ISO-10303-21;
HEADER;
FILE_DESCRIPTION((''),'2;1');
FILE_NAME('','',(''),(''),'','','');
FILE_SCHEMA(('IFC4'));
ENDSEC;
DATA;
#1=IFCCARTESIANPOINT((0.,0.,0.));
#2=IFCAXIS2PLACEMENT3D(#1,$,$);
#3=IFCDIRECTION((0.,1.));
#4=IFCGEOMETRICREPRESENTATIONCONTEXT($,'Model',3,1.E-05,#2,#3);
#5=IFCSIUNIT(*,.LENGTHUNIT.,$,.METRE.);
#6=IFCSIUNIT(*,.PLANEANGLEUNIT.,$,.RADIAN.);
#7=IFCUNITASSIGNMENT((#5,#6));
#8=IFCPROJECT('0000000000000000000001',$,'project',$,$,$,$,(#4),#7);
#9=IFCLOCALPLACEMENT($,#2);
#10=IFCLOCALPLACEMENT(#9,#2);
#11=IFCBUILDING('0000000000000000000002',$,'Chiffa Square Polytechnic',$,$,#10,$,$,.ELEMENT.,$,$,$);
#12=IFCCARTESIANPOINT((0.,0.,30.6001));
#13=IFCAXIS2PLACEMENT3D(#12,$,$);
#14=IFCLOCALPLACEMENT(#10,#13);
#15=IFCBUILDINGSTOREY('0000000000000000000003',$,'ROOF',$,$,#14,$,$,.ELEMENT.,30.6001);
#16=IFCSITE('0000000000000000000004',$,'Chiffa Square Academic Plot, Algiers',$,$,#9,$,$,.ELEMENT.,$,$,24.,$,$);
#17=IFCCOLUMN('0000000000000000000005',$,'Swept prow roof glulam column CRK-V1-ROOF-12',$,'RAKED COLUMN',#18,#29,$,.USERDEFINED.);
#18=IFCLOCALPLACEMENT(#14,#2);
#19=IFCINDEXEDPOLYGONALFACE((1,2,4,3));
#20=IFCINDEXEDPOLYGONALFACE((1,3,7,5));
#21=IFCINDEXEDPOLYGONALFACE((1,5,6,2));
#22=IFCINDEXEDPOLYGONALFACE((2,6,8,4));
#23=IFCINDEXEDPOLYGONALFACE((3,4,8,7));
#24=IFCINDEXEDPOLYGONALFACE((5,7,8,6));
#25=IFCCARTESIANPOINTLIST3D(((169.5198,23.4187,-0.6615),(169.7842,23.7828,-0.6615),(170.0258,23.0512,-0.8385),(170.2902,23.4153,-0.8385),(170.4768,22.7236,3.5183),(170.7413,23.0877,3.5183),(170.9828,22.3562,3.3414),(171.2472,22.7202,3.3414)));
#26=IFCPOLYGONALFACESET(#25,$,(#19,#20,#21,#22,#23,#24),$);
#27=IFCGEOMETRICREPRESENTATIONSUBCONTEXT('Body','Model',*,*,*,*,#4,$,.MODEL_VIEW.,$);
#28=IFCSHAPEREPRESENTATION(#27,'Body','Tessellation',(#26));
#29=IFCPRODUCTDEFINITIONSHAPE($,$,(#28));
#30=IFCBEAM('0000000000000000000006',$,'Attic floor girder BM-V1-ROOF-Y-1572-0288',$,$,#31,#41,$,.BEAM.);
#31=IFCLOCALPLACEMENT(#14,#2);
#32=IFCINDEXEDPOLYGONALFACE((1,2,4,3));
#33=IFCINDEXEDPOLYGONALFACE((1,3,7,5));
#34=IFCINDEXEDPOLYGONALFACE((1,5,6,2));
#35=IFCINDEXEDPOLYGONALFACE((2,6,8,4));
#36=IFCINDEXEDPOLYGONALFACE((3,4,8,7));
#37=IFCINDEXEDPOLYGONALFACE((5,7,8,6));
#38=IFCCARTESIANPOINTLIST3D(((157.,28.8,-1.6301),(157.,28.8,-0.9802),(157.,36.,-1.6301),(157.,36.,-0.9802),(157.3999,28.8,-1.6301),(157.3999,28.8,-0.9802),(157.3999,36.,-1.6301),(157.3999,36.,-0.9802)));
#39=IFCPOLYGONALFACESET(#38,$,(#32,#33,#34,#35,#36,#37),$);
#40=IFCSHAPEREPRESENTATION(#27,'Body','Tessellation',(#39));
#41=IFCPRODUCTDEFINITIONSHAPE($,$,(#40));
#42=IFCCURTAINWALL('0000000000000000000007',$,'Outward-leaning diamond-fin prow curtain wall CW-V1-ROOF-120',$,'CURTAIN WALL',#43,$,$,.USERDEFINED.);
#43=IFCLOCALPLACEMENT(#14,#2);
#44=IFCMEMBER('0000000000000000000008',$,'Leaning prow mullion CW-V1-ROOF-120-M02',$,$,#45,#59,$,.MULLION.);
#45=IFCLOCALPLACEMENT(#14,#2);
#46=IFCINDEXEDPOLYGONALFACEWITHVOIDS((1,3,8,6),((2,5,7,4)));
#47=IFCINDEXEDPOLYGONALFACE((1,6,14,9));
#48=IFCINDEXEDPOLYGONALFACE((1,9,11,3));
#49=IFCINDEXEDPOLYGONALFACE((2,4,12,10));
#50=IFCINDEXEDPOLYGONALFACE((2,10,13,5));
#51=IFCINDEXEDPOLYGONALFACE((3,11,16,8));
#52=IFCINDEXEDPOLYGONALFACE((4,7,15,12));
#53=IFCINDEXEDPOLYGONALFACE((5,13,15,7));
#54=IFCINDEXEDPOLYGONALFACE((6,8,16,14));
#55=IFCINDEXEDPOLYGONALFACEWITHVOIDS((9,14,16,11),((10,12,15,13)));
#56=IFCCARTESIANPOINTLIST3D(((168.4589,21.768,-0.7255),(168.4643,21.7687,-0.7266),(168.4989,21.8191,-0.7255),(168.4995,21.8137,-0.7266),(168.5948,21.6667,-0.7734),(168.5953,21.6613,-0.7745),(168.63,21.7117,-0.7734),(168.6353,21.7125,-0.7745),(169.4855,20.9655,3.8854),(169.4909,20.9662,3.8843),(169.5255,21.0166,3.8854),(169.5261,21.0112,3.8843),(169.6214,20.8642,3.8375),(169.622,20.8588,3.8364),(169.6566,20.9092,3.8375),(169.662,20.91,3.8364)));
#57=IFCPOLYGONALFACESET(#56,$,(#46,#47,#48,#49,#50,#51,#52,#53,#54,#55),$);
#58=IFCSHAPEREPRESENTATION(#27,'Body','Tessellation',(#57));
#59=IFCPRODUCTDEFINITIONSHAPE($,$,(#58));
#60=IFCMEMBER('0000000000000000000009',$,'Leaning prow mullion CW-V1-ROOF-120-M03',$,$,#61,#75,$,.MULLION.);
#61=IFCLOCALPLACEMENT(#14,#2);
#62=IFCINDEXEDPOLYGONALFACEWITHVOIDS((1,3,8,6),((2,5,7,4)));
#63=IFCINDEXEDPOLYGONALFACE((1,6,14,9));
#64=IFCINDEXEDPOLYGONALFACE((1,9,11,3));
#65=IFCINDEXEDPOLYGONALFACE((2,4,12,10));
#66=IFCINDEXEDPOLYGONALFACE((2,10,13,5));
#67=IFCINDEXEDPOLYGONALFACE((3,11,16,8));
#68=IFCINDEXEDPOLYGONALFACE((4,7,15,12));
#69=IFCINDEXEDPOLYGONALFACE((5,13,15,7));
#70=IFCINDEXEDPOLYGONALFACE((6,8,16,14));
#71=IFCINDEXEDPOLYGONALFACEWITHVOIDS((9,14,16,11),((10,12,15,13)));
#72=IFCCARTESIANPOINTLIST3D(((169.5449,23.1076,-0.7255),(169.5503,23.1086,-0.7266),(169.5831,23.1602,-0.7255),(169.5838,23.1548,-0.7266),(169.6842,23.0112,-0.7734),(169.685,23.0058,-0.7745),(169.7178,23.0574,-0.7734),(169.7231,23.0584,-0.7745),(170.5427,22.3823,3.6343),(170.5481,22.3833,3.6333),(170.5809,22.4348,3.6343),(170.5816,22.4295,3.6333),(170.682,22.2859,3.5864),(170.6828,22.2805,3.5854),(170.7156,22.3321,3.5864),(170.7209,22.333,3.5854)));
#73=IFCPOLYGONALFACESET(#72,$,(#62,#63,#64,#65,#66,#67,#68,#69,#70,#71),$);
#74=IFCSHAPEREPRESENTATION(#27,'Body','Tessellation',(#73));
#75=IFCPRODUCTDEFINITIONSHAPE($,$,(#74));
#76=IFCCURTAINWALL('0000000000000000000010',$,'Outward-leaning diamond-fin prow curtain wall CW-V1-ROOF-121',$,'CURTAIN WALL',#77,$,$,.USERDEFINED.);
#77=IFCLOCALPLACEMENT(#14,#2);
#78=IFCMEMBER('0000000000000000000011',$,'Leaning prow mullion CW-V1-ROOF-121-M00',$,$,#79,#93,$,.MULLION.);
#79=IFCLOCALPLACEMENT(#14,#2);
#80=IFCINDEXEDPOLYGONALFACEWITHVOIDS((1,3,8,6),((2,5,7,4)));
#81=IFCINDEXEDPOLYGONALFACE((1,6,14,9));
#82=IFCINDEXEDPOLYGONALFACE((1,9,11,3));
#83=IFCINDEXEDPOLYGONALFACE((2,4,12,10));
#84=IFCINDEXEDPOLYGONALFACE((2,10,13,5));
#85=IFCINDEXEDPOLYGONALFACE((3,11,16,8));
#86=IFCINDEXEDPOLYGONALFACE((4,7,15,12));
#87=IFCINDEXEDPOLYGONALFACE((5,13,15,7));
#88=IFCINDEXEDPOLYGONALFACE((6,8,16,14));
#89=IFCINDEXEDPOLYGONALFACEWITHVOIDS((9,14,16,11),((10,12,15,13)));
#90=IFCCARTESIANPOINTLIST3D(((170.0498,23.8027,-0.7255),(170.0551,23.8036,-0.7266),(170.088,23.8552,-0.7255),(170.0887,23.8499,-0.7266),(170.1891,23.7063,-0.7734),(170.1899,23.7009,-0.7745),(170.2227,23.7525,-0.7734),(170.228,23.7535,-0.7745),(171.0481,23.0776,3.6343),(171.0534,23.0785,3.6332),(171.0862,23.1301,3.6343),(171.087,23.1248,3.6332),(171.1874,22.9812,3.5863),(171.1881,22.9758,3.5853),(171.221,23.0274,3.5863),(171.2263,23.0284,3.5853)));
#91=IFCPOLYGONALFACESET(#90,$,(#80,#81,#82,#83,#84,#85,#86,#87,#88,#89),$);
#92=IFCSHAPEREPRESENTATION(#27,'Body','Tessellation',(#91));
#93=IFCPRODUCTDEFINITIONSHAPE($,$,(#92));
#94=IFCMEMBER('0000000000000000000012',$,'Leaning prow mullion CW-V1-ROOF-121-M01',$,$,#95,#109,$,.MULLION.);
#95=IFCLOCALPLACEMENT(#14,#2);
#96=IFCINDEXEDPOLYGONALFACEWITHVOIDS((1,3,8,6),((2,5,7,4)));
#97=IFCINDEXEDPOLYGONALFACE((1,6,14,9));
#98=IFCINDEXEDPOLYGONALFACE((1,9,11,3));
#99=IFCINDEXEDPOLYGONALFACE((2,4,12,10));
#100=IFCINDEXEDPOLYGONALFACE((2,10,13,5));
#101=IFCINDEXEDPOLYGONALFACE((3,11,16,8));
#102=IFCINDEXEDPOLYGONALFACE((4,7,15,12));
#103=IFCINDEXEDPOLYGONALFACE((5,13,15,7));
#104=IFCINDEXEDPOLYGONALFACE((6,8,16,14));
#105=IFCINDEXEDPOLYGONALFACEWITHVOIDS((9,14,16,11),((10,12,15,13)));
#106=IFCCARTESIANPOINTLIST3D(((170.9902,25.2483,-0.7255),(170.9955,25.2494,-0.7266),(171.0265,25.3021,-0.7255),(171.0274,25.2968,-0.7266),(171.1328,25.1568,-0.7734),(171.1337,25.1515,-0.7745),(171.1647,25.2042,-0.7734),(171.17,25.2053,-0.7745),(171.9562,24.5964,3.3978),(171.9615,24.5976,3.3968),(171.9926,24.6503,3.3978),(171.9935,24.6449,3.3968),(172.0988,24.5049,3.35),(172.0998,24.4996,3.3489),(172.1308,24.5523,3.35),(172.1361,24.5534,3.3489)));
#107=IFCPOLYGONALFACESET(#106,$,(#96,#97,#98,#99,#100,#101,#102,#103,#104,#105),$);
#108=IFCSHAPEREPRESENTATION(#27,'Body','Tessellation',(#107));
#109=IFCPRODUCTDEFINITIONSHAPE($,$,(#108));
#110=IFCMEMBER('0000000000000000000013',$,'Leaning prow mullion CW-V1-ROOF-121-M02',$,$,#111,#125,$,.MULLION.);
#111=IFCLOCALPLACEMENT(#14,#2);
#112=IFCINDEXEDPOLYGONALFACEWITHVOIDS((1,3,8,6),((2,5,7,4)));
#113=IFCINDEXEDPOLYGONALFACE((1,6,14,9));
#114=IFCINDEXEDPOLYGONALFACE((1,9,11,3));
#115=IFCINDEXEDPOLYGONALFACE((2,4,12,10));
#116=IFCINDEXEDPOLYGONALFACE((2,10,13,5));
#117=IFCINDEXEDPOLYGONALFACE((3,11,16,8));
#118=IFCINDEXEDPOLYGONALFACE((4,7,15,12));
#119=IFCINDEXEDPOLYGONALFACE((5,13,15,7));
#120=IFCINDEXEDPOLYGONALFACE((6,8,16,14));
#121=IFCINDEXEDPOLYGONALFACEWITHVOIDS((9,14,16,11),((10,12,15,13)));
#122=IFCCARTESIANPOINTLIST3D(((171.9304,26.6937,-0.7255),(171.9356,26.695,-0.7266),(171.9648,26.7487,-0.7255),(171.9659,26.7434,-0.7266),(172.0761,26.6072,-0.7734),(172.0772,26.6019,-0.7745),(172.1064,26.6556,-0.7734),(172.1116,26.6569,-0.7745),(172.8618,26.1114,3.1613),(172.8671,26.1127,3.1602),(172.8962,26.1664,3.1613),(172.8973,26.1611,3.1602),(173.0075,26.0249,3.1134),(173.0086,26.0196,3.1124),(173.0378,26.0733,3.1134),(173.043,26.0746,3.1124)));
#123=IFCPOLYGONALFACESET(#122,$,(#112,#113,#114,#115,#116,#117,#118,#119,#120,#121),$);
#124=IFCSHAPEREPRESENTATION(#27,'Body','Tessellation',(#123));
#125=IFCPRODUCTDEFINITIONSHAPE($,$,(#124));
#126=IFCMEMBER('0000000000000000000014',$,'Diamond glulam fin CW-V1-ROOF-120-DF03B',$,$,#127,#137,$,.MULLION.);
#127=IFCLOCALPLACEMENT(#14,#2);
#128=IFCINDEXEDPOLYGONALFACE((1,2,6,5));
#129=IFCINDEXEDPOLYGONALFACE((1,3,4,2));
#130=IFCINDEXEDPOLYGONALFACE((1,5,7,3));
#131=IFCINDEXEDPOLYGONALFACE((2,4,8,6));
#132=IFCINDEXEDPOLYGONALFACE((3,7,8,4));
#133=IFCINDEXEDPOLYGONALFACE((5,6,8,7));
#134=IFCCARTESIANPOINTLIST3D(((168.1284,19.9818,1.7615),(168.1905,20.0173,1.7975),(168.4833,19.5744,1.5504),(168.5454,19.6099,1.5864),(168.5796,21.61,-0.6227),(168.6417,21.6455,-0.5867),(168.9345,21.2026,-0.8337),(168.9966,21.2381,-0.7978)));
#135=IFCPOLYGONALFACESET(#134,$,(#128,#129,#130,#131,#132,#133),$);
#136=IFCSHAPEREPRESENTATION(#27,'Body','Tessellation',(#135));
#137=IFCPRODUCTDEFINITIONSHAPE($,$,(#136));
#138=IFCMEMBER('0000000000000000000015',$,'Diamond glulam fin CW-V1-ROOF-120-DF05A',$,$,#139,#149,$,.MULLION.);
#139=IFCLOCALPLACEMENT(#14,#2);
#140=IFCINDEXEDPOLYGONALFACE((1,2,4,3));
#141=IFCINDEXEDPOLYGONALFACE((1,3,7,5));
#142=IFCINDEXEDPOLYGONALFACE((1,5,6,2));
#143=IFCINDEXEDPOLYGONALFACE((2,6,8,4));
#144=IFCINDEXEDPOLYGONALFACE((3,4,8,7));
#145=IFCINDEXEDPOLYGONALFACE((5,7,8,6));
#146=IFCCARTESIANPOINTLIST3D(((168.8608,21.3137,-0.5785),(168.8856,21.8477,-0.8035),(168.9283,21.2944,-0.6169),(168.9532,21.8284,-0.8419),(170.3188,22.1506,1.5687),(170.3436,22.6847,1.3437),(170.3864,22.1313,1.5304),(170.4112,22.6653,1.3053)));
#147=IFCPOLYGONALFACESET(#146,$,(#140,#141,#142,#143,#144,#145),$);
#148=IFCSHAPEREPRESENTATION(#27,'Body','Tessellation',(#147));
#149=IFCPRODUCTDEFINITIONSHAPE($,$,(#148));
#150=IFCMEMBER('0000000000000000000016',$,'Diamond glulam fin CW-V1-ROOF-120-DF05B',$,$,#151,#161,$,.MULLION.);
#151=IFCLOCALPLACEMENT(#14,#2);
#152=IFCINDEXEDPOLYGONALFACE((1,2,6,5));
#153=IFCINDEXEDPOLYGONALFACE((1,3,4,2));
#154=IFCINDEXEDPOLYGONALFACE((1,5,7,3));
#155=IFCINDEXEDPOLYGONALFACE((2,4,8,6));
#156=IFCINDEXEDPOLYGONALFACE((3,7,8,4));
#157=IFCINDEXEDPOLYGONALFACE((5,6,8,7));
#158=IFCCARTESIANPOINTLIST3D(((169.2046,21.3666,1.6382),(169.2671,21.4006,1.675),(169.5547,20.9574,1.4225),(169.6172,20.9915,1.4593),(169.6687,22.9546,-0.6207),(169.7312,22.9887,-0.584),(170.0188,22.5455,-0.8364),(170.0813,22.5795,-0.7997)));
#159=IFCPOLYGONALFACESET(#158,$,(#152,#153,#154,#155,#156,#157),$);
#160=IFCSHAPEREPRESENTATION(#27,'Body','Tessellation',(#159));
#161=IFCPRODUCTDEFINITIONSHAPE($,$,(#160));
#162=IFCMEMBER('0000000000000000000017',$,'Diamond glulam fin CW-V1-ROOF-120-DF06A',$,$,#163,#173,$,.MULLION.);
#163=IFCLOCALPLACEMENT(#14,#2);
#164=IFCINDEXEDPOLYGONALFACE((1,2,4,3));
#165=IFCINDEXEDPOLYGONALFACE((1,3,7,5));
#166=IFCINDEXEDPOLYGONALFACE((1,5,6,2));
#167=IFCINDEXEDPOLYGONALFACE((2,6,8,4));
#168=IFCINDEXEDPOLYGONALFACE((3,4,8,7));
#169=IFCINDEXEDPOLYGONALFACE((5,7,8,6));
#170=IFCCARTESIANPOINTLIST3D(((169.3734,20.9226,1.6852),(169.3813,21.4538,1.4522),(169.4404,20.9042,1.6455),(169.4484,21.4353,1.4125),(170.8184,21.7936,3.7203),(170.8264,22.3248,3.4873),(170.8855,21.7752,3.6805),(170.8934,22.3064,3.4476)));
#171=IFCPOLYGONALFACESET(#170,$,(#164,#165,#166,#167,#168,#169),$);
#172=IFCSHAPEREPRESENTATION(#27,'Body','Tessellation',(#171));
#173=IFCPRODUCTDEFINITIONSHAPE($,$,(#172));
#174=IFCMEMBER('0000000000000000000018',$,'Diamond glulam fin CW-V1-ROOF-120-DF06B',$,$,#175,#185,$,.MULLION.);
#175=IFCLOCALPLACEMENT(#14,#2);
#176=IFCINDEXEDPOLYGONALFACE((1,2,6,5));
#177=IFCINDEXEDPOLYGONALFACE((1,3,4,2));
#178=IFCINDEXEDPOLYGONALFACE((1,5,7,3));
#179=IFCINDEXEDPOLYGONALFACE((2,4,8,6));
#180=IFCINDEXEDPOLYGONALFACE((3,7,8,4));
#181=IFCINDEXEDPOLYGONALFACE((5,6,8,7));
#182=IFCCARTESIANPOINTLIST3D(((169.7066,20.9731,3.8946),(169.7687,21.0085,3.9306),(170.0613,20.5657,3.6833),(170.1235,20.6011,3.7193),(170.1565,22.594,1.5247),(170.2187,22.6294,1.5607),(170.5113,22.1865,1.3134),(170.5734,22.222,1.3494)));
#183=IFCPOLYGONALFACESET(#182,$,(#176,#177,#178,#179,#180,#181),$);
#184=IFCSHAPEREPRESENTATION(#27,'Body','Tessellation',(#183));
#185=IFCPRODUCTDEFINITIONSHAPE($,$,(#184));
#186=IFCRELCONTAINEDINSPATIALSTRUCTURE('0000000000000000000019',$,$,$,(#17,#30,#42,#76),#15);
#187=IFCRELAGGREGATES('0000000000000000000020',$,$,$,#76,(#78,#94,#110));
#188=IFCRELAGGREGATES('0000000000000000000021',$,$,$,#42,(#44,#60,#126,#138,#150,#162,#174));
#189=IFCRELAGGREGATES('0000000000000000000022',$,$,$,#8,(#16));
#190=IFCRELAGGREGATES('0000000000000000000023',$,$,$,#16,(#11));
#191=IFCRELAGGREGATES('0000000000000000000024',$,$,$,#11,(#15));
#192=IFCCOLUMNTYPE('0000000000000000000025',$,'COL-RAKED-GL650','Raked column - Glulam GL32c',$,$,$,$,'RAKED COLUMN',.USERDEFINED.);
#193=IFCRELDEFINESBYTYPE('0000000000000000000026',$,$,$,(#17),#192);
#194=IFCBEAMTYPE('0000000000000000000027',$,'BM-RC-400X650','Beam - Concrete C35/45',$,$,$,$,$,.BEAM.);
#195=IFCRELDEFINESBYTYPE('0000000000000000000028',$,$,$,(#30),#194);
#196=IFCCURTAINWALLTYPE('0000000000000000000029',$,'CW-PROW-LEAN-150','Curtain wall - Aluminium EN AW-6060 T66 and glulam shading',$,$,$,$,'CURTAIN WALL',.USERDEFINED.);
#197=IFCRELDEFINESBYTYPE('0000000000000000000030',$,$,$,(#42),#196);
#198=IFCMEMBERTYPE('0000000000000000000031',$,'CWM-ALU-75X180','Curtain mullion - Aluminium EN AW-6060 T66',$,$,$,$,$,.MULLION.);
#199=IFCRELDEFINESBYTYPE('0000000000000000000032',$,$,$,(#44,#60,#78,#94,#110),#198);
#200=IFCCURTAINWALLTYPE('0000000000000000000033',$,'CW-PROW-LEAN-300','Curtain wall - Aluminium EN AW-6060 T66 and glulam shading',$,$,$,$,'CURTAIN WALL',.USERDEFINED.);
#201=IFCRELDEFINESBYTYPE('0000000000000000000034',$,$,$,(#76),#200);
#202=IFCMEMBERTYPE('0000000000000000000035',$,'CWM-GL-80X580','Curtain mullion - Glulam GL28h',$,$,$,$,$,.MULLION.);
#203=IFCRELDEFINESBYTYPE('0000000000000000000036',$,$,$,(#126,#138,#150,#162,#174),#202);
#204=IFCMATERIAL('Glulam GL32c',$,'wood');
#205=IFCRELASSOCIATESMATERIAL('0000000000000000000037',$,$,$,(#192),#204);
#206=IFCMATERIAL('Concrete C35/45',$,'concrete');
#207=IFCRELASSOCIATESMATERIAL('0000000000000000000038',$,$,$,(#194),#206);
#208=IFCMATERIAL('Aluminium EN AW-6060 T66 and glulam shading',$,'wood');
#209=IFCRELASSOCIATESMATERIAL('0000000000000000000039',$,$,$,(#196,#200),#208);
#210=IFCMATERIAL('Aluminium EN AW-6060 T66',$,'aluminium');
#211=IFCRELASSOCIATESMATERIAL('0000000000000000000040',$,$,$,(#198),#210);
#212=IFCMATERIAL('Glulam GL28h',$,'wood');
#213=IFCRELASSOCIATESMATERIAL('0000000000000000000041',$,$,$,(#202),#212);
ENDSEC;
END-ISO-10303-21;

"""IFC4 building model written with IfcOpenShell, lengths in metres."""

from ifc_helpers import new_model, si_unit, direction, frame, origin, origin_2d, place, context, subcontext, project, spatial, rectangle, hollow_rectangle, extrude, material, material_profile, profile_set, type_object, element, aggregate, save


model = new_model("IFC4")

# Units and contexts
model_context = context("Model", 3, precision=1e-05, world=origin(), true_north=direction((0.0, 1.0)))
body_context = subcontext(model_context, "Body", "Model", "MODEL_VIEW")
ifc_project = project(units=[si_unit("LENGTHUNIT", "METRE"), si_unit("PLANEANGLEUNIT", "RADIAN")], contexts=[model_context])

# Site, building, storey
site_placement = place(None, origin())
site = spatial("IfcSite", under=ifc_project, at=site_placement, Name="Chiffa Square Academic Plot, Algiers", CompositionType="ELEMENT", RefElevation=24.0)
building_placement = place(site_placement, origin())
building = spatial("IfcBuilding", under=site, at=building_placement, Name="Chiffa Square Polytechnic", CompositionType="ELEMENT")
storey_placement = place(building_placement, frame((0.0, 0.0, 30.6001)))
storey = spatial("IfcBuildingStorey", under=building, at=storey_placement, Name="ROOF", CompositionType="ELEMENT", Elevation=30.6001)

# Column
ifc_material_1 = material(Name="Glulam GL32c", Category="wood")
ifc_material_profile_1 = material_profile(ifc_material_1, rectangle(XDim=0.45, YDim=0.6499, at=origin_2d()), Name="GL32c 450x650")
ifc_profile_set_1 = profile_set([ifc_material_profile_1], Name="Glulam GL32c")
column_type = type_object("IfcColumnType", Name="COL-RAKED-GL650", Description="Raked column - Glulam GL32c", ElementType="RAKED COLUMN", PredefinedType="USERDEFINED", material=ifc_profile_set_1)
column_placement = place(storey_placement, frame((169.905, 23.417, -0.75), z_axis=(0.220308, -0.160004, 0.962218), x_axis=(0.587644, 0.80912, 0.0)))
element("IfcColumn", 1, at=column_placement, inside=storey, type_object=column_type, Name="Swept prow roof glulam column CRK-V1-ROOF-12", ObjectType="RAKED COLUMN", PredefinedType="USERDEFINED", context=body_context, shape_type="SweptSolid", body=[
    extrude(rectangle(XDim=0.45, YDim=0.6499, at=origin_2d()), origin(), (0.0, 0.0, 1.0), 4.344),
])

# Beam
ifc_material_2 = material(Name="Concrete C35/45", Category="concrete")
ifc_material_profile_2 = material_profile(ifc_material_2, rectangle(XDim=0.3999, YDim=0.6499, at=origin_2d()), Name="RC 400x650")
ifc_profile_set_2 = profile_set([ifc_material_profile_2], Name="Concrete C35/45")
beam_type_1 = type_object("IfcBeamType", Name="BM-RC-400X650", Description="Beam - Concrete C35/45", PredefinedType="BEAM", material=ifc_profile_set_2)
beam_1_placement = place(storey_placement, frame((157.2, 28.8, -1.3052), z_axis=(0.0, 1.0, 0.0), x_axis=(-1.0, 0.0, 0.0)))
element("IfcBeam", 2, at=beam_1_placement, inside=storey, type_object=beam_type_1, Name="Attic floor girder BM-V1-ROOF-Y-1572-0288", PredefinedType="BEAM", context=body_context, shape_type="SweptSolid", body=[
    extrude(rectangle(XDim=0.3999, YDim=0.6499, at=origin_2d()), origin(), (0.0, 0.0, 1.0), 7.2),
])

# Curtain walls, members
ifc_material_3 = material(Name="Aluminium EN AW-6060 T66 and glulam shading", Category="wood")
curtain_wall_type_1 = type_object("IfcCurtainWallType", Name="CW-PROW-LEAN-150", Description="Curtain wall - Aluminium EN AW-6060 T66 and glulam shading", ElementType="CURTAIN WALL", PredefinedType="USERDEFINED", material=ifc_material_3)
curtain_wall_1_placement = place(storey_placement, origin())
curtain_wall_1 = element("IfcCurtainWall", 3, at=curtain_wall_1_placement, inside=storey, type_object=curtain_wall_type_1, Name="Outward-leaning diamond-fin prow curtain wall CW-V1-ROOF-120", ObjectType="CURTAIN WALL", PredefinedType="USERDEFINED")
ifc_material_4 = material(Name="Aluminium EN AW-6060 T66", Category="aluminium")
ifc_material_profile_3 = material_profile(ifc_material_4, hollow_rectangle(XDim=0.0649, YDim=0.1799, WallThickness=0.0039, at=origin_2d()), Name="ALU 65x180x4")
ifc_profile_set_3 = profile_set([ifc_material_profile_3], Name="Aluminium EN AW-6060 T66")
member_type_1 = type_object("IfcMemberType", Name="CWM-ALU-75X180", Description="Curtain mullion - Aluminium EN AW-6060 T66", PredefinedType="MULLION", material=ifc_profile_set_3)
member_1_placement = place(storey_placement, frame((168.5471, 21.7402, -0.75), z_axis=(0.21426, -0.167485, 0.962311), x_axis=(0.615859, 0.787857, 0.0)))
member_1 = element("IfcMember", 4, at=member_1_placement, type_object=member_type_1, Name="Leaning prow mullion CW-V1-ROOF-120-M02", PredefinedType="MULLION", context=body_context, shape_type="SweptSolid", body=[
    extrude(hollow_rectangle(XDim=0.0649, YDim=0.1799, WallThickness=0.0039, at=origin_2d()), origin(), (0.0, 0.0, 1.0), 4.7915),
])
member_2_placement = place(storey_placement, frame((169.634, 23.083, -0.75), z_axis=(0.220216, -0.160084, 0.962226), x_axis=(0.587995, 0.808864, 0.0)))
member_2 = element("IfcMember", 5, at=member_2_placement, type_object=member_type_1, Name="Leaning prow mullion CW-V1-ROOF-120-M03", PredefinedType="MULLION", context=body_context, shape_type="SweptSolid", body=[
    extrude(hollow_rectangle(XDim=0.0649, YDim=0.1799, WallThickness=0.0039, at=origin_2d()), origin(), (0.0, 0.0, 1.0), 4.531),
])
curtain_wall_type_2 = type_object("IfcCurtainWallType", Name="CW-PROW-LEAN-300", Description="Curtain wall - Aluminium EN AW-6060 T66 and glulam shading", ElementType="CURTAIN WALL", PredefinedType="USERDEFINED", material=ifc_material_3)
curtain_wall_2_placement = place(storey_placement, origin())
curtain_wall_2 = element("IfcCurtainWall", 6, at=curtain_wall_2_placement, inside=storey, type_object=curtain_wall_type_2, Name="Outward-leaning diamond-fin prow curtain wall CW-V1-ROOF-121", ObjectType="CURTAIN WALL", PredefinedType="USERDEFINED")
member_3_placement = place(storey_placement, frame((170.1389, 23.7781, -0.75), z_axis=(0.22032, -0.160027, 0.962211), x_axis=(0.587677, 0.809095, 0.0)))
member_3 = element("IfcMember", 7, at=member_3_placement, type_object=member_type_1, Name="Leaning prow mullion CW-V1-ROOF-121-M00", PredefinedType="MULLION", context=body_context, shape_type="SweptSolid", body=[
    extrude(hollow_rectangle(XDim=0.0649, YDim=0.1799, WallThickness=0.0039, at=origin_2d()), origin(), (0.0, 0.0, 1.0), 4.531),
])
member_4_placement = place(storey_placement, frame((171.0801, 25.2268, -0.75), z_axis=(0.225462, -0.152131, 0.962301), x_axis=(0.559333, 0.828943, 0.0)))
member_4 = element("IfcMember", 8, at=member_4_placement, type_object=member_type_1, Name="Leaning prow mullion CW-V1-ROOF-121-M01", PredefinedType="MULLION", context=body_context, shape_type="SweptSolid", body=[
    extrude(hollow_rectangle(XDim=0.0649, YDim=0.1799, WallThickness=0.0039, at=origin_2d()), origin(), (0.0, 0.0, 1.0), 4.2849),
])
member_5_placement = place(storey_placement, frame((172.021, 26.6753, -0.75), z_axis=(0.230604, -0.144165, 0.962309), x_axis=(0.530099, 0.847936, 0.0)))
member_5 = element("IfcMember", 9, at=member_5_placement, type_object=member_type_1, Name="Leaning prow mullion CW-V1-ROOF-121-M02", PredefinedType="MULLION", context=body_context, shape_type="SweptSolid", body=[
    extrude(hollow_rectangle(XDim=0.0649, YDim=0.1799, WallThickness=0.0039, at=origin_2d()), origin(), (0.0, 0.0, 1.0), 4.0391),
])

# Members
ifc_material_5 = material(Name="Glulam GL28h", Category="wood")
ifc_material_profile_4 = material_profile(ifc_material_5, rectangle(XDim=0.0801, YDim=0.5801, at=origin_2d()), Name="GL28h 80x580")
ifc_profile_set_4 = profile_set([ifc_material_profile_4], Name="Glulam GL28h")
member_type_2 = type_object("IfcMemberType", Name="CWM-GL-80X580", Description="Curtain mullion - Glulam GL28h", PredefinedType="MULLION", material=ifc_profile_set_4)
member_6_placement = place(storey_placement, frame((168.7881, 21.4241, -0.7102), z_axis=(-0.154405, -0.557211, 0.815889), x_axis=(0.775788, 0.442985, 0.449352)))
member_6 = element("IfcMember", 10, at=member_6_placement, type_object=member_type_2, Name="Diamond glulam fin CW-V1-ROOF-120-DF03B", PredefinedType="MULLION", context=body_context, shape_type="SweptSolid", body=[
    extrude(rectangle(XDim=0.0801, YDim=0.5801, at=origin_2d()), origin(), (0.0, 0.0, 1.0), 2.9221),
])
member_7_placement = place(storey_placement, frame((168.907, 21.571, -0.7102), z_axis=(0.534648, 0.306895, 0.78738), x_axis=(-0.843987, 0.24117, 0.479086)))
member_7 = element("IfcMember", 11, at=member_7_placement, type_object=member_type_2, Name="Diamond glulam fin CW-V1-ROOF-120-DF05A", PredefinedType="MULLION", context=body_context, shape_type="SweptSolid", body=[
    extrude(rectangle(XDim=0.0801, YDim=0.5801, at=origin_2d()), origin(), (0.0, 0.0, 1.0), 2.7271),
])
member_8_placement = place(storey_placement, frame((169.875, 22.7671, -0.7102), z_axis=(-0.165746, -0.567162, 0.806756), x_axis=(0.779922, 0.425269, 0.459203)))
member_8 = element("IfcMember", 12, at=member_8_placement, type_object=member_type_2, Name="Diamond glulam fin CW-V1-ROOF-120-DF05B", PredefinedType="MULLION", context=body_context, shape_type="SweptSolid", body=[
    extrude(rectangle(XDim=0.0801, YDim=0.5801, at=origin_2d()), origin(), (0.0, 0.0, 1.0), 2.8),
])
member_9_placement = place(storey_placement, frame((169.4109, 21.179, 1.5488), z_axis=(0.546619, 0.329504, 0.769828), x_axis=(-0.83727, 0.230107, 0.496014)))
member_9 = element("IfcMember", 13, at=member_9_placement, type_object=member_type_2, Name="Diamond glulam fin CW-V1-ROOF-120-DF06A", PredefinedType="MULLION", context=body_context, shape_type="SweptSolid", body=[
    extrude(rectangle(XDim=0.0801, YDim=0.5801, at=origin_2d()), origin(), (0.0, 0.0, 1.0), 2.6436),
])
member_10_placement = place(storey_placement, frame((170.365, 22.408, 1.437), z_axis=(-0.154825, -0.557724, 0.815459), x_axis=(0.775903, 0.442303, 0.449824)))
member_10 = element("IfcMember", 14, at=member_10_placement, type_object=member_type_2, Name="Diamond glulam fin CW-V1-ROOF-120-DF06B", PredefinedType="MULLION", context=body_context, shape_type="SweptSolid", body=[
    extrude(rectangle(XDim=0.0801, YDim=0.5801, at=origin_2d()), origin(), (0.0, 0.0, 1.0), 2.9062),
])

aggregate(curtain_wall_2, [member_3, member_4, member_5])
aggregate(curtain_wall_1, [member_1, member_2, member_6, member_7, member_8, member_9, member_10])

save(model, "model.ifc")
